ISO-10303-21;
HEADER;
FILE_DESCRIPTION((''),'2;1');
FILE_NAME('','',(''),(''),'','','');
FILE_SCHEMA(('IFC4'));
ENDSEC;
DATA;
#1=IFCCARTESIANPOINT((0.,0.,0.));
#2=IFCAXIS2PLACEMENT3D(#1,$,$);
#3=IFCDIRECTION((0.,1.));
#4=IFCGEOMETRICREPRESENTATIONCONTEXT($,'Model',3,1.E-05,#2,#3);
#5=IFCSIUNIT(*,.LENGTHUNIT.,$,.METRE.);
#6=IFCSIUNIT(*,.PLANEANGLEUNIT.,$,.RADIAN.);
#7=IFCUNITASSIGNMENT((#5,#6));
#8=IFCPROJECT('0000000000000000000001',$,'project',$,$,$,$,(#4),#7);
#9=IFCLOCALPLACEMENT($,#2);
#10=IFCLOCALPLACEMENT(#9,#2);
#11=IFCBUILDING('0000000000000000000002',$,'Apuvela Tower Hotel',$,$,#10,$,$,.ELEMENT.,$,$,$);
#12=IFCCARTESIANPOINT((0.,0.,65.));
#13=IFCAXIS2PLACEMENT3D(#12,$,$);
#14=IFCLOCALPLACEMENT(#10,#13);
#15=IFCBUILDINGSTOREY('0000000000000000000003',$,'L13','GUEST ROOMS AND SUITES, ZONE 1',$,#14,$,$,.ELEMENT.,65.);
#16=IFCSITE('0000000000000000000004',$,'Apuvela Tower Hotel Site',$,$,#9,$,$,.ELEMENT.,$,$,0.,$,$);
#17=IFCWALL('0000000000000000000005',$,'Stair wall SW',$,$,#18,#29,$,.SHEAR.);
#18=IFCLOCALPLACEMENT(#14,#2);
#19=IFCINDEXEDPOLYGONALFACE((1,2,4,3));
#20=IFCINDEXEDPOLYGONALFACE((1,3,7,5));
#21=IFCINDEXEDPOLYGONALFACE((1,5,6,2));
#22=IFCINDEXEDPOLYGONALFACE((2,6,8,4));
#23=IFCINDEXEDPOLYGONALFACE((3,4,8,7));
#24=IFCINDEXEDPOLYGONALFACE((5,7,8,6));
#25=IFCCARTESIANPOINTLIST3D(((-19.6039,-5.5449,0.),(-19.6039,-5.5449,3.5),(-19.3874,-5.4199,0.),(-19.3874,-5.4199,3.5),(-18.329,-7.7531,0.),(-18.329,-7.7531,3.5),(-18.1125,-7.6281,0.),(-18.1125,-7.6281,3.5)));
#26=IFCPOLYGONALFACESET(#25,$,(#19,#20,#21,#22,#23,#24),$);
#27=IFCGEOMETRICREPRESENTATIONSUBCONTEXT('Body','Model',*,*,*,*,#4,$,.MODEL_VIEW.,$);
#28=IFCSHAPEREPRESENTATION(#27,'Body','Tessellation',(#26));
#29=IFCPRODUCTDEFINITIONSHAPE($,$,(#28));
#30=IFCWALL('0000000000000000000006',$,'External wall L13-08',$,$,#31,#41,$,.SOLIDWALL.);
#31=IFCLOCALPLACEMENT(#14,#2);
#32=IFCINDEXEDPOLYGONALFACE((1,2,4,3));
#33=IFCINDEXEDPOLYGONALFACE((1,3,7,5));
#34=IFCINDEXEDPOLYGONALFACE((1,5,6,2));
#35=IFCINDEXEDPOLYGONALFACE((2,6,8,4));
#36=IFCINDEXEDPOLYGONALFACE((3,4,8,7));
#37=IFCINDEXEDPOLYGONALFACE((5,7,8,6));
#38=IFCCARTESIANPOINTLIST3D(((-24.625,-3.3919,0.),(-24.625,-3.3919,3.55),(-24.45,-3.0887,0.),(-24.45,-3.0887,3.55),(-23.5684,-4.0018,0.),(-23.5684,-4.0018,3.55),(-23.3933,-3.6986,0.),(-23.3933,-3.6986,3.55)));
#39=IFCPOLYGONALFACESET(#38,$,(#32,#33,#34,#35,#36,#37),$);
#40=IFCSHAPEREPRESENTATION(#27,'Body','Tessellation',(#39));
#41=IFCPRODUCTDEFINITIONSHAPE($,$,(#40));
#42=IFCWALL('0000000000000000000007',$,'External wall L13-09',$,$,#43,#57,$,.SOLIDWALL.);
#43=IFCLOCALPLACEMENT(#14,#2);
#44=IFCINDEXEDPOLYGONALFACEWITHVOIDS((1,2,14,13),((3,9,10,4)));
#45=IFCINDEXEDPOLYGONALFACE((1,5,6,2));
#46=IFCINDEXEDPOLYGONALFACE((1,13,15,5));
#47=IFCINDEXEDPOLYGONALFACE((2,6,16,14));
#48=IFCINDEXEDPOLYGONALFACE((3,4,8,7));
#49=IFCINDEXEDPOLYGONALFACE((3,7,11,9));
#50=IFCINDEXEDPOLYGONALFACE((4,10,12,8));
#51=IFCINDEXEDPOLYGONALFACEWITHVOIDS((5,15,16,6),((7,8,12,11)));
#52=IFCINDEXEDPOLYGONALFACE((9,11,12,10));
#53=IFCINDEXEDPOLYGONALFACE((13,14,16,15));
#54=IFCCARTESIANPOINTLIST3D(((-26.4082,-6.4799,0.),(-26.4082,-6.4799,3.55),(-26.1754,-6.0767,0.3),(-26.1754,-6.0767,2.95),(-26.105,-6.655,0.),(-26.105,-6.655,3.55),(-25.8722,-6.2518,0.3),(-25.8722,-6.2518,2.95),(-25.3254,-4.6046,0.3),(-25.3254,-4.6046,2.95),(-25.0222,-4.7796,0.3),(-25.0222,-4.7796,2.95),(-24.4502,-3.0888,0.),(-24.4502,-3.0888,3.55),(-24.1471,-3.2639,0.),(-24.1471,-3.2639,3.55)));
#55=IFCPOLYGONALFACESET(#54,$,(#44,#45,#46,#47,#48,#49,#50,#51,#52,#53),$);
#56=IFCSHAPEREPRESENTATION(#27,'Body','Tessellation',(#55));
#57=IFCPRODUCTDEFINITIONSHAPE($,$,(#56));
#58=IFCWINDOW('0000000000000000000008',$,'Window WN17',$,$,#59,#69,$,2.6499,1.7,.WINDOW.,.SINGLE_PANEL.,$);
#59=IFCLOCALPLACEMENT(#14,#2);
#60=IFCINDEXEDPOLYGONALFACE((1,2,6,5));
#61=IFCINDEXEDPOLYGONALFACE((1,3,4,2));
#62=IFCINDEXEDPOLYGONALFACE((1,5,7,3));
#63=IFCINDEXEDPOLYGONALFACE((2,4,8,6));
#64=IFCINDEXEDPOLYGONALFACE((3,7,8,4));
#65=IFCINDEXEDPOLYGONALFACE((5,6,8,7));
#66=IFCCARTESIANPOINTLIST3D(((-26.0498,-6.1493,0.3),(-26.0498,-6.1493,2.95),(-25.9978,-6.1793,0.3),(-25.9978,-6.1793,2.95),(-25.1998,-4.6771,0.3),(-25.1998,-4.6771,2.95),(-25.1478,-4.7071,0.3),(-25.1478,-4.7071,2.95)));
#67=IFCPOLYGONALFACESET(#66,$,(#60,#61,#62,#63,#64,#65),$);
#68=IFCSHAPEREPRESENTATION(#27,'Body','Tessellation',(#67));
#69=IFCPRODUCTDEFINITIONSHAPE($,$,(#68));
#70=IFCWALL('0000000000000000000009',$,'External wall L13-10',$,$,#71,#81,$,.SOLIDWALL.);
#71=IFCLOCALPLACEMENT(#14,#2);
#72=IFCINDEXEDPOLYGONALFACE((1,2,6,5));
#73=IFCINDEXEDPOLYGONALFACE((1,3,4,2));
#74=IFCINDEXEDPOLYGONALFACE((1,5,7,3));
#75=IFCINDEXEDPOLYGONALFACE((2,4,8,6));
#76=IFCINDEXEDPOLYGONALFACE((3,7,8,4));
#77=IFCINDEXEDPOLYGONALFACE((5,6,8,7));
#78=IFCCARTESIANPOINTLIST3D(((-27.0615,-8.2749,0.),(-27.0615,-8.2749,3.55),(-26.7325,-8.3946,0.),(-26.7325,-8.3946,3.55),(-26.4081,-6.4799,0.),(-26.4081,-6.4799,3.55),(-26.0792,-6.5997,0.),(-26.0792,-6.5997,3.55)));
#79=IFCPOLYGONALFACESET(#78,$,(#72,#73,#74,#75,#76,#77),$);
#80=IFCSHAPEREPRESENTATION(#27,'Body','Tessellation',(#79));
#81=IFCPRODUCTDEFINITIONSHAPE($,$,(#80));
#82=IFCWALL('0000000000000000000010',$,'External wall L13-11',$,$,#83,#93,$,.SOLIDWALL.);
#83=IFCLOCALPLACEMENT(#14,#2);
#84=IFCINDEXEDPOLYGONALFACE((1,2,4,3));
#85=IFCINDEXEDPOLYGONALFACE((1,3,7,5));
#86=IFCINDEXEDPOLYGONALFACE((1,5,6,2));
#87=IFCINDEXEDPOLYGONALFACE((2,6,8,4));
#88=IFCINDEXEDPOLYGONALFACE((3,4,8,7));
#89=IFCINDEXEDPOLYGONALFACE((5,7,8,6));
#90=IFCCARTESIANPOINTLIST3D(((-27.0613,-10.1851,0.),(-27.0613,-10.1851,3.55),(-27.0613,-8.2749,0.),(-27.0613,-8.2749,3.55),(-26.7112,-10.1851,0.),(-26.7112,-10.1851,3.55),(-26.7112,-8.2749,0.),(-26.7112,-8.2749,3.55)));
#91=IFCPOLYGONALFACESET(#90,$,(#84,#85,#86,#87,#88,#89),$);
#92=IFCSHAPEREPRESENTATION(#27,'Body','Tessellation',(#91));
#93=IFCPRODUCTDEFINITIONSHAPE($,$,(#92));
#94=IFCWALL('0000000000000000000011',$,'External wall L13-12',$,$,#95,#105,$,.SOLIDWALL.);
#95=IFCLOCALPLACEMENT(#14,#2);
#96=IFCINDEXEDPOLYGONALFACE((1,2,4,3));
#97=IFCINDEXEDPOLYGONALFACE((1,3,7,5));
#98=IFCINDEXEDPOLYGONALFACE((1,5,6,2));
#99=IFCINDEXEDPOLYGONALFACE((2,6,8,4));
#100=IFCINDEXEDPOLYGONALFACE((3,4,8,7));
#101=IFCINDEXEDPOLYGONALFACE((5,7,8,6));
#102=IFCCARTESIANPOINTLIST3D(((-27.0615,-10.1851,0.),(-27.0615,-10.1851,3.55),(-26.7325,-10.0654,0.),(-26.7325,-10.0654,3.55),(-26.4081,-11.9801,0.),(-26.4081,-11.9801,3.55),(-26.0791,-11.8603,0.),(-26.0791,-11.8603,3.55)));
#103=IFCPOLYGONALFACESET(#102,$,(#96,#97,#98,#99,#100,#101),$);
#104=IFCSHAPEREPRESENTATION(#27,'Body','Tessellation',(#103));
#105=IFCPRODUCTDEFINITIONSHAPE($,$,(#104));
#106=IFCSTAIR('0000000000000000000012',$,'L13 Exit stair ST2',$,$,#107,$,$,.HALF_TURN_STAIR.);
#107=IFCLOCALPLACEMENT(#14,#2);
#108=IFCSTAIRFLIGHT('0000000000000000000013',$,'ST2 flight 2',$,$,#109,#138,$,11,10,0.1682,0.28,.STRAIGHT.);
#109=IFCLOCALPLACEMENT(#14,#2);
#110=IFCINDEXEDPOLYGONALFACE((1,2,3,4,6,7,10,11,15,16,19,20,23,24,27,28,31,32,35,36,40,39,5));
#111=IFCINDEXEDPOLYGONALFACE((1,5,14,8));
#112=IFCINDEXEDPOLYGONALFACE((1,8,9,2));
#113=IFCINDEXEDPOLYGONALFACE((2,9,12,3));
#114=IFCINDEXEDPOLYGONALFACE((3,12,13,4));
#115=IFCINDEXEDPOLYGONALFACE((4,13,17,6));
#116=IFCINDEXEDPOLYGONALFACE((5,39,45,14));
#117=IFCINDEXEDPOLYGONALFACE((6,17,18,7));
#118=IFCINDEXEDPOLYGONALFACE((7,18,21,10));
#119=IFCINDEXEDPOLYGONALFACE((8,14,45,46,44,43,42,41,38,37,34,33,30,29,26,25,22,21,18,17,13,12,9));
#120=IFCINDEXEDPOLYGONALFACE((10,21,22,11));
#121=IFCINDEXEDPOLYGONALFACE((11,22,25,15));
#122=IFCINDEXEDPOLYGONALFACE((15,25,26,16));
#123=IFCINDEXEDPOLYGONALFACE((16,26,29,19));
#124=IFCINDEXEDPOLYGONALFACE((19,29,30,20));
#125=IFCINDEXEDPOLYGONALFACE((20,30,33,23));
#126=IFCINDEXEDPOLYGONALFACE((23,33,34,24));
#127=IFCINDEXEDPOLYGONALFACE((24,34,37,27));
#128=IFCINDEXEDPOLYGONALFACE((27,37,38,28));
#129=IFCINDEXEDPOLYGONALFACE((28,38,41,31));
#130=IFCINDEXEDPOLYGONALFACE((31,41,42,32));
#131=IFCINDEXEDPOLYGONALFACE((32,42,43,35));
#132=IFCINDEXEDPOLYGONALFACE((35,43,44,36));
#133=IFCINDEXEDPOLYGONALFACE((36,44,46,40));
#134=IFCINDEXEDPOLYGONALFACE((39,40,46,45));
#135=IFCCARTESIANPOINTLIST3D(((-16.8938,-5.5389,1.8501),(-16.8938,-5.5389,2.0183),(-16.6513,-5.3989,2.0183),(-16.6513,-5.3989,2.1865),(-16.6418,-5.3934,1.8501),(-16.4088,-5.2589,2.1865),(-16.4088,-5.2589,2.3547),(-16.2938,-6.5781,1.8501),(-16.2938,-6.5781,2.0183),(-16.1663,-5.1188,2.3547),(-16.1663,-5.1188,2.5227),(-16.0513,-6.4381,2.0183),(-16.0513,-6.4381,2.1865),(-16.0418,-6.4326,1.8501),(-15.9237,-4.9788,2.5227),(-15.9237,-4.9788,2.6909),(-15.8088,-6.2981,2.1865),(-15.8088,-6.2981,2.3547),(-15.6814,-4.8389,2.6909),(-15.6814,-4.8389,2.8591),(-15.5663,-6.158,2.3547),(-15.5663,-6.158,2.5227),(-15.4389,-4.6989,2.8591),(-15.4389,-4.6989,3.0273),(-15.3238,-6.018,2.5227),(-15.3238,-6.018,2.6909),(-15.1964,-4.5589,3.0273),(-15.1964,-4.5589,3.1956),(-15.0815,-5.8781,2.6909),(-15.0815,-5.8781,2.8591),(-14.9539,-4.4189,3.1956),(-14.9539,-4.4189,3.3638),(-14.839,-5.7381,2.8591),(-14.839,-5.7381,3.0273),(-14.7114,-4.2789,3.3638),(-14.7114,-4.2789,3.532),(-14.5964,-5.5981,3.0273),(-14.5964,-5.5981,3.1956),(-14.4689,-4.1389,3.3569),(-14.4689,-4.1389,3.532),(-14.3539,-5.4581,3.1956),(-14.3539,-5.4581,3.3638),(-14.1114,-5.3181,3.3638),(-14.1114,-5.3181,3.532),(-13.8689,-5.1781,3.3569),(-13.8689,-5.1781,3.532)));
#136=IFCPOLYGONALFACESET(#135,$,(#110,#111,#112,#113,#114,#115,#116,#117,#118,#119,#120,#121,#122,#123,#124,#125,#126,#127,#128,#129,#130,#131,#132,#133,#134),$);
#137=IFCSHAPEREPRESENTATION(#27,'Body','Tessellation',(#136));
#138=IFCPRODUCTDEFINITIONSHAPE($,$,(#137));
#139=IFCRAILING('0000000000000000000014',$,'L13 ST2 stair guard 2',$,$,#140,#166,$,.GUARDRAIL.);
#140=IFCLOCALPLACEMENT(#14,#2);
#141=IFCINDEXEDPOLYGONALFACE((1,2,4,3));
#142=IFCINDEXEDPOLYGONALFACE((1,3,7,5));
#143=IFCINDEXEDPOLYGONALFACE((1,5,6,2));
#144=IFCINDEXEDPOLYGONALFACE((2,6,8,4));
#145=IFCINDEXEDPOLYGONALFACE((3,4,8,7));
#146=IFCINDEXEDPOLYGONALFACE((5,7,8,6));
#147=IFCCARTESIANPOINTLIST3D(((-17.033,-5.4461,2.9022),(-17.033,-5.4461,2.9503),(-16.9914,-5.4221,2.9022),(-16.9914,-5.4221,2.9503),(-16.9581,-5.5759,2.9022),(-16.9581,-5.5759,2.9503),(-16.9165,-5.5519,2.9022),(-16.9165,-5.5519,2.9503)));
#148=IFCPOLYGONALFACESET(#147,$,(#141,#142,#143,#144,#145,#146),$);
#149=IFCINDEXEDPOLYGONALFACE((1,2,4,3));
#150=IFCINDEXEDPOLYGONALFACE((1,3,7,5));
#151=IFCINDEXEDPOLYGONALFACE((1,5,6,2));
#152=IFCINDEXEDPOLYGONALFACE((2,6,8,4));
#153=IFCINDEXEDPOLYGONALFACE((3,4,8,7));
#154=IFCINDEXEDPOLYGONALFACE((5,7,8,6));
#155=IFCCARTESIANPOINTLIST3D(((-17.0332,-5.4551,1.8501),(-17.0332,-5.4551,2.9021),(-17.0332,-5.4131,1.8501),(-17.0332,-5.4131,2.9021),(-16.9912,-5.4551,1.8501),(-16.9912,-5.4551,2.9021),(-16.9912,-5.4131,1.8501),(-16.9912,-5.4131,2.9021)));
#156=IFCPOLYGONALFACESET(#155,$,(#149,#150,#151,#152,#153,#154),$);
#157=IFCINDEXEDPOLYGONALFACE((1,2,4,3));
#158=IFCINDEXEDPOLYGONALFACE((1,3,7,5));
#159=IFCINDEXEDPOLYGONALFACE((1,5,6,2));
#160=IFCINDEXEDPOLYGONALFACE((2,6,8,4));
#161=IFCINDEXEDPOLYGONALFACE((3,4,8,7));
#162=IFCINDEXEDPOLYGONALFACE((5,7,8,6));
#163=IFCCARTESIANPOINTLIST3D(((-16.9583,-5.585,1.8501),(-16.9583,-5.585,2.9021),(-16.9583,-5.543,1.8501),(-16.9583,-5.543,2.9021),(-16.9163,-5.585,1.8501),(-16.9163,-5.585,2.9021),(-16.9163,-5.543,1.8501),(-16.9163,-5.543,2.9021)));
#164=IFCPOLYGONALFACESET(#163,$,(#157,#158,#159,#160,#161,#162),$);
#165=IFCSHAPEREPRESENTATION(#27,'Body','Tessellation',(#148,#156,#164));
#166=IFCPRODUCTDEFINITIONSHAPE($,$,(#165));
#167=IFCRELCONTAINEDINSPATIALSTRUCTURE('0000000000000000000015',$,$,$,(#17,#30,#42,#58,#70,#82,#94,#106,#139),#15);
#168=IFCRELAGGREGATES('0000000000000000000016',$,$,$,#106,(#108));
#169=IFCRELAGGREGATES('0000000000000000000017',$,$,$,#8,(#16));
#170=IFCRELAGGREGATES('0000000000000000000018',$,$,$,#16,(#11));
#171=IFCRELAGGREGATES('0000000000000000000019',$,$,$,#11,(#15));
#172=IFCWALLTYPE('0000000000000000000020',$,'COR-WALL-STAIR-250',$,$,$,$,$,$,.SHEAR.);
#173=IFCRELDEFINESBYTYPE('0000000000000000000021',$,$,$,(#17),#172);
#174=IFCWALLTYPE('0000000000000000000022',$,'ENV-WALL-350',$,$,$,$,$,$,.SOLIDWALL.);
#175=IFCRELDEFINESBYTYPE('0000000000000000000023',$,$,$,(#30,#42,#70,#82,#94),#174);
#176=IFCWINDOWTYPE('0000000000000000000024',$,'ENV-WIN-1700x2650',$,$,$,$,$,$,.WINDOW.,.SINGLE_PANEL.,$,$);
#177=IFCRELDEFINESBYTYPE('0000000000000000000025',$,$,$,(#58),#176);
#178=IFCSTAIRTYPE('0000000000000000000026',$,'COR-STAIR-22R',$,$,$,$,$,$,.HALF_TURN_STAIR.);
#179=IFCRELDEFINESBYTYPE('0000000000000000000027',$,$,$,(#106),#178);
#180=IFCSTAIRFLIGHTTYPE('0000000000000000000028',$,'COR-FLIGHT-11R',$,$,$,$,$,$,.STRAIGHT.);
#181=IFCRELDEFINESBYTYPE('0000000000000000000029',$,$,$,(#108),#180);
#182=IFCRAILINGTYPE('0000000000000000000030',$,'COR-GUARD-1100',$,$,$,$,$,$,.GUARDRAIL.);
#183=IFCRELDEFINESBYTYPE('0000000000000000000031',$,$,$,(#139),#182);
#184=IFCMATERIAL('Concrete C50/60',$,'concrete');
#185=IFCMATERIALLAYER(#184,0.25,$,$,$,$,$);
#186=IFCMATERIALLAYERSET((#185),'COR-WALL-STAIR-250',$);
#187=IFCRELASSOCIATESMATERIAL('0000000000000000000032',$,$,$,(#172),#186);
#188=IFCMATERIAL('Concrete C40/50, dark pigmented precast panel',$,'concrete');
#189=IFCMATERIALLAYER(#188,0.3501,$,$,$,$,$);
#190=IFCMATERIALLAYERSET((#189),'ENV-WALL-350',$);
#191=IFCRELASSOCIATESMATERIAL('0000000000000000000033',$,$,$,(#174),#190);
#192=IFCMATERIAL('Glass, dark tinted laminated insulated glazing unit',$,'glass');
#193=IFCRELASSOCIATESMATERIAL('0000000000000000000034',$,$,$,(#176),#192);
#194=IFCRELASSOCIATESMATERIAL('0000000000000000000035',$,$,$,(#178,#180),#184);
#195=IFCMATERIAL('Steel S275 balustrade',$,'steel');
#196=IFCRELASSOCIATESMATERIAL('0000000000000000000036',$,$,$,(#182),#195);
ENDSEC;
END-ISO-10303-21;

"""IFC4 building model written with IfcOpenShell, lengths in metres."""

from ifc_helpers import new_model, si_unit, direction, frame, frame_2d, origin, origin_2d, place, context, subcontext, project, spatial, polyline, rectangle, outline, extrude, material, layer, layer_set, type_object, element, fill, aggregate, save


model = new_model("IFC4")

# Units and contexts
model_context = context("Model", 3, precision=1e-05, world=origin(), true_north=direction((0.0, 1.0)))
body_context = subcontext(model_context, "Body", "Model", "MODEL_VIEW")
ifc_project = project(units=[si_unit("LENGTHUNIT", "METRE"), si_unit("PLANEANGLEUNIT", "RADIAN")], contexts=[model_context])

# Site, building, storey
site_placement = place(None, origin())
site = spatial("IfcSite", under=ifc_project, at=site_placement, Name="Apuvela Tower Hotel Site", CompositionType="ELEMENT", RefElevation=0.0)
building_placement = place(site_placement, origin())
building = spatial("IfcBuilding", under=site, at=building_placement, Name="Apuvela Tower Hotel", CompositionType="ELEMENT")
storey_placement = place(building_placement, frame((0.0, 0.0, 65.0)))
storey = spatial("IfcBuildingStorey", under=building, at=storey_placement, Name="L13", Description="GUEST ROOMS AND SUITES, ZONE 1", CompositionType="ELEMENT", Elevation=65.0)

# Walls
ifc_material_1 = material(Name="Concrete C50/60", Category="concrete")
ifc_layer_1 = layer(ifc_material_1, 0.25)
ifc_layer_set_1 = layer_set([ifc_layer_1], Name="COR-WALL-STAIR-250")
wall_type_1 = type_object("IfcWallType", Name="COR-WALL-STAIR-250", PredefinedType="SHEAR", material=ifc_layer_set_1)
wall_1_placement = place(storey_placement, frame((-19.4956, -5.4824, 0.0), z_axis=(0.0, 0.0, 1.0), x_axis=(0.49999, -0.866031, 0.0)))
element("IfcWall", 1, at=wall_1_placement, inside=storey, type_object=wall_type_1, Name="Stair wall SW", PredefinedType="SHEAR", context=body_context, shape_type="SweptSolid", body=[
    extrude(rectangle(XDim=2.5498, YDim=0.25, at=frame_2d((1.2749, 0.0))), origin(), (0.0, 0.0, 1.0), 3.5),
])
ifc_material_2 = material(Name="Concrete C40/50, dark pigmented precast panel", Category="concrete")
ifc_layer_2 = layer(ifc_material_2, 0.3501)
ifc_layer_set_2 = layer_set([ifc_layer_2], Name="ENV-WALL-350")
wall_type_2 = type_object("IfcWallType", Name="ENV-WALL-350", PredefinedType="SOLIDWALL", material=ifc_layer_set_2)
wall_2_placement = place(storey_placement, frame((-23.481, -3.8501, 0.0), z_axis=(0.0, 0.0, 1.0), x_axis=(-0.866092, 0.499884, 0.0)))
element("IfcWall", 2, at=wall_2_placement, inside=storey, type_object=wall_type_2, Name="External wall L13-08", PredefinedType="SOLIDWALL", context=body_context, shape_type="SweptSolid", body=[
    extrude(rectangle(XDim=1.22, YDim=0.3501, at=frame_2d((0.6099, 0.0))), origin(), (0.0, 0.0, 1.0), 3.55),
])

# Wall, opening, window
wall_3_placement = place(storey_placement, frame((-24.2986, -3.1763, 0.0), z_axis=(0.0, 0.0, 1.0), x_axis=(-0.500028, -0.866009, 0.0)))
wall_3 = element("IfcWall", 3, at=wall_3_placement, inside=storey, type_object=wall_type_2, Name="External wall L13-09", PredefinedType="SOLIDWALL", context=body_context, shape_type="SweptSolid", body=[
    extrude(rectangle(XDim=3.9158, YDim=0.3501, at=frame_2d((1.958, 0.0))), origin(), (0.0, 0.0, 1.0), 3.55),
])
opening_1_placement = place(wall_3_placement, frame((1.7502, 0.0, 0.3)))
opening_1 = element("IfcOpeningElement", 4, at=opening_1_placement, cuts=wall_3, PredefinedType="OPENING", context=body_context, shape_type="SweptSolid", body=[
    extrude(rectangle(XDim=1.7, YDim=2.6499, at=frame_2d((0.8501, 1.325))), frame((0.0, 0.1851, 0.0), z_axis=(0.0, -1.0, 0.0), x_axis=(1.0, 0.0, 0.0)), (0.0, 0.0, 1.0), 0.3701),
])
ifc_material_3 = material(Name="Glass, dark tinted laminated insulated glazing unit", Category="glass")
window_type = type_object("IfcWindowType", Name="ENV-WIN-1700x2650", PartitioningType="SINGLE_PANEL", PredefinedType="WINDOW", material=ifc_material_3)
window_placement = place(opening_1_placement, origin())
window = element("IfcWindow", 5, at=window_placement, inside=storey, type_object=window_type, Name="Window WN17", OverallHeight=2.6499, OverallWidth=1.7, PartitioningType="SINGLE_PANEL", PredefinedType="WINDOW", context=body_context, shape_type="SweptSolid", body=[
    extrude(rectangle(XDim=1.7, YDim=2.6499, at=frame_2d((0.8501, 1.325))), frame((0.0, 0.03, 0.0), z_axis=(0.0, -1.0, 0.0), x_axis=(1.0, 0.0, 0.0)), (0.0, 0.0, 1.0), 0.0601),
])
fill(opening_1, window)

# Walls
for number, where, z_axis, x_axis, name in (
    (6, (-26.2437, -6.5398, 0.0), (0.0, 0.0, 1.0), (-0.34203, -0.939689, 0.0), "External wall L13-10"),
    (7, (-26.8862, -8.2749, 0.0), (0.0, 0.0, 1.0), (0.0, -1.0, 0.0), "External wall L13-11"),
    (8, (-26.897, -10.1252, 0.0), (0.0, 0.0, 1.0), (0.34203, -0.939689, 0.0), "External wall L13-12"),
):
    element("IfcWall", number, at=place(storey_placement, frame(where, z_axis=z_axis, x_axis=x_axis)), inside=storey, type_object=wall_type_2, Name=name, PredefinedType="SOLIDWALL", context=body_context, shape_type="SweptSolid", body=[
        extrude(rectangle(XDim=1.9102, YDim=0.3501, at=frame_2d((0.9551, 0.0))), origin(), (0.0, 0.0, 1.0), 3.55),
    ])

# Stair, stair flight
stair_type = type_object("IfcStairType", Name="COR-STAIR-22R", PredefinedType="HALF_TURN_STAIR", material=ifc_material_1)
stair_placement = place(storey_placement, origin())
stair = element("IfcStair", 9, at=stair_placement, inside=storey, type_object=stair_type, Name="L13 Exit stair ST2", PredefinedType="HALF_TURN_STAIR")
stair_flight_type = type_object("IfcStairFlightType", Name="COR-FLIGHT-11R", PredefinedType="STRAIGHT", material=ifc_material_1)
stair_flight_placement = place(storey_placement, frame((-16.5938, -6.0586, 1.8501), z_axis=(0.0, 0.0, 1.0), x_axis=(0.866025, 0.5, 0.0)))
stair_flight = element("IfcStairFlight", 10, at=stair_flight_placement, type_object=stair_flight_type, Name="ST2 flight 2", NumberOfRisers=11, NumberOfTreads=10, PredefinedType="STRAIGHT", RiserHeight=0.1682, TreadLength=0.28, context=body_context, shape_type="SweptSolid", body=[
    extrude(outline(polyline([(0.0, 0.0), (0.0, 0.1682), (0.28, 0.1682), (0.28, 0.3364), (0.5601, 0.3364), (0.5601, 0.5046), (0.8401, 0.5046), (0.8401, 0.6726), (1.1201, 0.6726), (1.1201, 0.8408), (1.3999, 0.8408), (1.3999, 1.009), (1.6799, 1.009), (1.6799, 1.1772), (1.96, 1.1772), (1.96, 1.3455), (2.24, 1.3455), (2.24, 1.5137), (2.52, 1.5137), (2.52, 1.6819), (2.8, 1.6819), (2.8, 1.8501), (2.8, 1.5068), (0.291, 0.0), (0.0, 0.0)])), frame((0.0, 0.6001, 0.0), z_axis=(0.0, -1.0, 0.0), x_axis=(1.0, 0.0, 0.0)), (0.0, 0.0, 1.0), 1.2),
])
aggregate(stair, [stair_flight])

# Railing
ifc_material_4 = material(Name="Steel S275 balustrade", Category="steel")
railing_type_1 = type_object("IfcRailingType", Name="COR-GUARD-1100", PredefinedType="GUARDRAIL", material=ifc_material_4)
railing_1_placement = place(storey_placement, frame((-17.0122, -5.4341, 1.8501)))
element("IfcRailing", 11, at=railing_1_placement, inside=storey, type_object=railing_type_1, Name="L13 ST2 stair guard 2", PredefinedType="GUARDRAIL", context=body_context, shape_type="SweptSolid", body=[
    extrude(rectangle(XDim=0.0481, YDim=0.0481, at=origin_2d()), frame((0.0, 0.0, 1.0762), z_axis=(0.499816, -0.866131, 0.0), x_axis=(0.866131, 0.499816, 0.0)), (0.0, 0.0, 1.0), 0.1499),
    extrude(rectangle(XDim=0.042, YDim=0.042, at=origin_2d()), origin(), (0.0, 0.0, 1.0), 1.052),
    extrude(rectangle(XDim=0.042, YDim=0.042, at=origin_2d()), frame((0.075, -0.1299, 0.0)), (0.0, 0.0, 1.0), 1.052),
])

save(model, "model.ifc")
